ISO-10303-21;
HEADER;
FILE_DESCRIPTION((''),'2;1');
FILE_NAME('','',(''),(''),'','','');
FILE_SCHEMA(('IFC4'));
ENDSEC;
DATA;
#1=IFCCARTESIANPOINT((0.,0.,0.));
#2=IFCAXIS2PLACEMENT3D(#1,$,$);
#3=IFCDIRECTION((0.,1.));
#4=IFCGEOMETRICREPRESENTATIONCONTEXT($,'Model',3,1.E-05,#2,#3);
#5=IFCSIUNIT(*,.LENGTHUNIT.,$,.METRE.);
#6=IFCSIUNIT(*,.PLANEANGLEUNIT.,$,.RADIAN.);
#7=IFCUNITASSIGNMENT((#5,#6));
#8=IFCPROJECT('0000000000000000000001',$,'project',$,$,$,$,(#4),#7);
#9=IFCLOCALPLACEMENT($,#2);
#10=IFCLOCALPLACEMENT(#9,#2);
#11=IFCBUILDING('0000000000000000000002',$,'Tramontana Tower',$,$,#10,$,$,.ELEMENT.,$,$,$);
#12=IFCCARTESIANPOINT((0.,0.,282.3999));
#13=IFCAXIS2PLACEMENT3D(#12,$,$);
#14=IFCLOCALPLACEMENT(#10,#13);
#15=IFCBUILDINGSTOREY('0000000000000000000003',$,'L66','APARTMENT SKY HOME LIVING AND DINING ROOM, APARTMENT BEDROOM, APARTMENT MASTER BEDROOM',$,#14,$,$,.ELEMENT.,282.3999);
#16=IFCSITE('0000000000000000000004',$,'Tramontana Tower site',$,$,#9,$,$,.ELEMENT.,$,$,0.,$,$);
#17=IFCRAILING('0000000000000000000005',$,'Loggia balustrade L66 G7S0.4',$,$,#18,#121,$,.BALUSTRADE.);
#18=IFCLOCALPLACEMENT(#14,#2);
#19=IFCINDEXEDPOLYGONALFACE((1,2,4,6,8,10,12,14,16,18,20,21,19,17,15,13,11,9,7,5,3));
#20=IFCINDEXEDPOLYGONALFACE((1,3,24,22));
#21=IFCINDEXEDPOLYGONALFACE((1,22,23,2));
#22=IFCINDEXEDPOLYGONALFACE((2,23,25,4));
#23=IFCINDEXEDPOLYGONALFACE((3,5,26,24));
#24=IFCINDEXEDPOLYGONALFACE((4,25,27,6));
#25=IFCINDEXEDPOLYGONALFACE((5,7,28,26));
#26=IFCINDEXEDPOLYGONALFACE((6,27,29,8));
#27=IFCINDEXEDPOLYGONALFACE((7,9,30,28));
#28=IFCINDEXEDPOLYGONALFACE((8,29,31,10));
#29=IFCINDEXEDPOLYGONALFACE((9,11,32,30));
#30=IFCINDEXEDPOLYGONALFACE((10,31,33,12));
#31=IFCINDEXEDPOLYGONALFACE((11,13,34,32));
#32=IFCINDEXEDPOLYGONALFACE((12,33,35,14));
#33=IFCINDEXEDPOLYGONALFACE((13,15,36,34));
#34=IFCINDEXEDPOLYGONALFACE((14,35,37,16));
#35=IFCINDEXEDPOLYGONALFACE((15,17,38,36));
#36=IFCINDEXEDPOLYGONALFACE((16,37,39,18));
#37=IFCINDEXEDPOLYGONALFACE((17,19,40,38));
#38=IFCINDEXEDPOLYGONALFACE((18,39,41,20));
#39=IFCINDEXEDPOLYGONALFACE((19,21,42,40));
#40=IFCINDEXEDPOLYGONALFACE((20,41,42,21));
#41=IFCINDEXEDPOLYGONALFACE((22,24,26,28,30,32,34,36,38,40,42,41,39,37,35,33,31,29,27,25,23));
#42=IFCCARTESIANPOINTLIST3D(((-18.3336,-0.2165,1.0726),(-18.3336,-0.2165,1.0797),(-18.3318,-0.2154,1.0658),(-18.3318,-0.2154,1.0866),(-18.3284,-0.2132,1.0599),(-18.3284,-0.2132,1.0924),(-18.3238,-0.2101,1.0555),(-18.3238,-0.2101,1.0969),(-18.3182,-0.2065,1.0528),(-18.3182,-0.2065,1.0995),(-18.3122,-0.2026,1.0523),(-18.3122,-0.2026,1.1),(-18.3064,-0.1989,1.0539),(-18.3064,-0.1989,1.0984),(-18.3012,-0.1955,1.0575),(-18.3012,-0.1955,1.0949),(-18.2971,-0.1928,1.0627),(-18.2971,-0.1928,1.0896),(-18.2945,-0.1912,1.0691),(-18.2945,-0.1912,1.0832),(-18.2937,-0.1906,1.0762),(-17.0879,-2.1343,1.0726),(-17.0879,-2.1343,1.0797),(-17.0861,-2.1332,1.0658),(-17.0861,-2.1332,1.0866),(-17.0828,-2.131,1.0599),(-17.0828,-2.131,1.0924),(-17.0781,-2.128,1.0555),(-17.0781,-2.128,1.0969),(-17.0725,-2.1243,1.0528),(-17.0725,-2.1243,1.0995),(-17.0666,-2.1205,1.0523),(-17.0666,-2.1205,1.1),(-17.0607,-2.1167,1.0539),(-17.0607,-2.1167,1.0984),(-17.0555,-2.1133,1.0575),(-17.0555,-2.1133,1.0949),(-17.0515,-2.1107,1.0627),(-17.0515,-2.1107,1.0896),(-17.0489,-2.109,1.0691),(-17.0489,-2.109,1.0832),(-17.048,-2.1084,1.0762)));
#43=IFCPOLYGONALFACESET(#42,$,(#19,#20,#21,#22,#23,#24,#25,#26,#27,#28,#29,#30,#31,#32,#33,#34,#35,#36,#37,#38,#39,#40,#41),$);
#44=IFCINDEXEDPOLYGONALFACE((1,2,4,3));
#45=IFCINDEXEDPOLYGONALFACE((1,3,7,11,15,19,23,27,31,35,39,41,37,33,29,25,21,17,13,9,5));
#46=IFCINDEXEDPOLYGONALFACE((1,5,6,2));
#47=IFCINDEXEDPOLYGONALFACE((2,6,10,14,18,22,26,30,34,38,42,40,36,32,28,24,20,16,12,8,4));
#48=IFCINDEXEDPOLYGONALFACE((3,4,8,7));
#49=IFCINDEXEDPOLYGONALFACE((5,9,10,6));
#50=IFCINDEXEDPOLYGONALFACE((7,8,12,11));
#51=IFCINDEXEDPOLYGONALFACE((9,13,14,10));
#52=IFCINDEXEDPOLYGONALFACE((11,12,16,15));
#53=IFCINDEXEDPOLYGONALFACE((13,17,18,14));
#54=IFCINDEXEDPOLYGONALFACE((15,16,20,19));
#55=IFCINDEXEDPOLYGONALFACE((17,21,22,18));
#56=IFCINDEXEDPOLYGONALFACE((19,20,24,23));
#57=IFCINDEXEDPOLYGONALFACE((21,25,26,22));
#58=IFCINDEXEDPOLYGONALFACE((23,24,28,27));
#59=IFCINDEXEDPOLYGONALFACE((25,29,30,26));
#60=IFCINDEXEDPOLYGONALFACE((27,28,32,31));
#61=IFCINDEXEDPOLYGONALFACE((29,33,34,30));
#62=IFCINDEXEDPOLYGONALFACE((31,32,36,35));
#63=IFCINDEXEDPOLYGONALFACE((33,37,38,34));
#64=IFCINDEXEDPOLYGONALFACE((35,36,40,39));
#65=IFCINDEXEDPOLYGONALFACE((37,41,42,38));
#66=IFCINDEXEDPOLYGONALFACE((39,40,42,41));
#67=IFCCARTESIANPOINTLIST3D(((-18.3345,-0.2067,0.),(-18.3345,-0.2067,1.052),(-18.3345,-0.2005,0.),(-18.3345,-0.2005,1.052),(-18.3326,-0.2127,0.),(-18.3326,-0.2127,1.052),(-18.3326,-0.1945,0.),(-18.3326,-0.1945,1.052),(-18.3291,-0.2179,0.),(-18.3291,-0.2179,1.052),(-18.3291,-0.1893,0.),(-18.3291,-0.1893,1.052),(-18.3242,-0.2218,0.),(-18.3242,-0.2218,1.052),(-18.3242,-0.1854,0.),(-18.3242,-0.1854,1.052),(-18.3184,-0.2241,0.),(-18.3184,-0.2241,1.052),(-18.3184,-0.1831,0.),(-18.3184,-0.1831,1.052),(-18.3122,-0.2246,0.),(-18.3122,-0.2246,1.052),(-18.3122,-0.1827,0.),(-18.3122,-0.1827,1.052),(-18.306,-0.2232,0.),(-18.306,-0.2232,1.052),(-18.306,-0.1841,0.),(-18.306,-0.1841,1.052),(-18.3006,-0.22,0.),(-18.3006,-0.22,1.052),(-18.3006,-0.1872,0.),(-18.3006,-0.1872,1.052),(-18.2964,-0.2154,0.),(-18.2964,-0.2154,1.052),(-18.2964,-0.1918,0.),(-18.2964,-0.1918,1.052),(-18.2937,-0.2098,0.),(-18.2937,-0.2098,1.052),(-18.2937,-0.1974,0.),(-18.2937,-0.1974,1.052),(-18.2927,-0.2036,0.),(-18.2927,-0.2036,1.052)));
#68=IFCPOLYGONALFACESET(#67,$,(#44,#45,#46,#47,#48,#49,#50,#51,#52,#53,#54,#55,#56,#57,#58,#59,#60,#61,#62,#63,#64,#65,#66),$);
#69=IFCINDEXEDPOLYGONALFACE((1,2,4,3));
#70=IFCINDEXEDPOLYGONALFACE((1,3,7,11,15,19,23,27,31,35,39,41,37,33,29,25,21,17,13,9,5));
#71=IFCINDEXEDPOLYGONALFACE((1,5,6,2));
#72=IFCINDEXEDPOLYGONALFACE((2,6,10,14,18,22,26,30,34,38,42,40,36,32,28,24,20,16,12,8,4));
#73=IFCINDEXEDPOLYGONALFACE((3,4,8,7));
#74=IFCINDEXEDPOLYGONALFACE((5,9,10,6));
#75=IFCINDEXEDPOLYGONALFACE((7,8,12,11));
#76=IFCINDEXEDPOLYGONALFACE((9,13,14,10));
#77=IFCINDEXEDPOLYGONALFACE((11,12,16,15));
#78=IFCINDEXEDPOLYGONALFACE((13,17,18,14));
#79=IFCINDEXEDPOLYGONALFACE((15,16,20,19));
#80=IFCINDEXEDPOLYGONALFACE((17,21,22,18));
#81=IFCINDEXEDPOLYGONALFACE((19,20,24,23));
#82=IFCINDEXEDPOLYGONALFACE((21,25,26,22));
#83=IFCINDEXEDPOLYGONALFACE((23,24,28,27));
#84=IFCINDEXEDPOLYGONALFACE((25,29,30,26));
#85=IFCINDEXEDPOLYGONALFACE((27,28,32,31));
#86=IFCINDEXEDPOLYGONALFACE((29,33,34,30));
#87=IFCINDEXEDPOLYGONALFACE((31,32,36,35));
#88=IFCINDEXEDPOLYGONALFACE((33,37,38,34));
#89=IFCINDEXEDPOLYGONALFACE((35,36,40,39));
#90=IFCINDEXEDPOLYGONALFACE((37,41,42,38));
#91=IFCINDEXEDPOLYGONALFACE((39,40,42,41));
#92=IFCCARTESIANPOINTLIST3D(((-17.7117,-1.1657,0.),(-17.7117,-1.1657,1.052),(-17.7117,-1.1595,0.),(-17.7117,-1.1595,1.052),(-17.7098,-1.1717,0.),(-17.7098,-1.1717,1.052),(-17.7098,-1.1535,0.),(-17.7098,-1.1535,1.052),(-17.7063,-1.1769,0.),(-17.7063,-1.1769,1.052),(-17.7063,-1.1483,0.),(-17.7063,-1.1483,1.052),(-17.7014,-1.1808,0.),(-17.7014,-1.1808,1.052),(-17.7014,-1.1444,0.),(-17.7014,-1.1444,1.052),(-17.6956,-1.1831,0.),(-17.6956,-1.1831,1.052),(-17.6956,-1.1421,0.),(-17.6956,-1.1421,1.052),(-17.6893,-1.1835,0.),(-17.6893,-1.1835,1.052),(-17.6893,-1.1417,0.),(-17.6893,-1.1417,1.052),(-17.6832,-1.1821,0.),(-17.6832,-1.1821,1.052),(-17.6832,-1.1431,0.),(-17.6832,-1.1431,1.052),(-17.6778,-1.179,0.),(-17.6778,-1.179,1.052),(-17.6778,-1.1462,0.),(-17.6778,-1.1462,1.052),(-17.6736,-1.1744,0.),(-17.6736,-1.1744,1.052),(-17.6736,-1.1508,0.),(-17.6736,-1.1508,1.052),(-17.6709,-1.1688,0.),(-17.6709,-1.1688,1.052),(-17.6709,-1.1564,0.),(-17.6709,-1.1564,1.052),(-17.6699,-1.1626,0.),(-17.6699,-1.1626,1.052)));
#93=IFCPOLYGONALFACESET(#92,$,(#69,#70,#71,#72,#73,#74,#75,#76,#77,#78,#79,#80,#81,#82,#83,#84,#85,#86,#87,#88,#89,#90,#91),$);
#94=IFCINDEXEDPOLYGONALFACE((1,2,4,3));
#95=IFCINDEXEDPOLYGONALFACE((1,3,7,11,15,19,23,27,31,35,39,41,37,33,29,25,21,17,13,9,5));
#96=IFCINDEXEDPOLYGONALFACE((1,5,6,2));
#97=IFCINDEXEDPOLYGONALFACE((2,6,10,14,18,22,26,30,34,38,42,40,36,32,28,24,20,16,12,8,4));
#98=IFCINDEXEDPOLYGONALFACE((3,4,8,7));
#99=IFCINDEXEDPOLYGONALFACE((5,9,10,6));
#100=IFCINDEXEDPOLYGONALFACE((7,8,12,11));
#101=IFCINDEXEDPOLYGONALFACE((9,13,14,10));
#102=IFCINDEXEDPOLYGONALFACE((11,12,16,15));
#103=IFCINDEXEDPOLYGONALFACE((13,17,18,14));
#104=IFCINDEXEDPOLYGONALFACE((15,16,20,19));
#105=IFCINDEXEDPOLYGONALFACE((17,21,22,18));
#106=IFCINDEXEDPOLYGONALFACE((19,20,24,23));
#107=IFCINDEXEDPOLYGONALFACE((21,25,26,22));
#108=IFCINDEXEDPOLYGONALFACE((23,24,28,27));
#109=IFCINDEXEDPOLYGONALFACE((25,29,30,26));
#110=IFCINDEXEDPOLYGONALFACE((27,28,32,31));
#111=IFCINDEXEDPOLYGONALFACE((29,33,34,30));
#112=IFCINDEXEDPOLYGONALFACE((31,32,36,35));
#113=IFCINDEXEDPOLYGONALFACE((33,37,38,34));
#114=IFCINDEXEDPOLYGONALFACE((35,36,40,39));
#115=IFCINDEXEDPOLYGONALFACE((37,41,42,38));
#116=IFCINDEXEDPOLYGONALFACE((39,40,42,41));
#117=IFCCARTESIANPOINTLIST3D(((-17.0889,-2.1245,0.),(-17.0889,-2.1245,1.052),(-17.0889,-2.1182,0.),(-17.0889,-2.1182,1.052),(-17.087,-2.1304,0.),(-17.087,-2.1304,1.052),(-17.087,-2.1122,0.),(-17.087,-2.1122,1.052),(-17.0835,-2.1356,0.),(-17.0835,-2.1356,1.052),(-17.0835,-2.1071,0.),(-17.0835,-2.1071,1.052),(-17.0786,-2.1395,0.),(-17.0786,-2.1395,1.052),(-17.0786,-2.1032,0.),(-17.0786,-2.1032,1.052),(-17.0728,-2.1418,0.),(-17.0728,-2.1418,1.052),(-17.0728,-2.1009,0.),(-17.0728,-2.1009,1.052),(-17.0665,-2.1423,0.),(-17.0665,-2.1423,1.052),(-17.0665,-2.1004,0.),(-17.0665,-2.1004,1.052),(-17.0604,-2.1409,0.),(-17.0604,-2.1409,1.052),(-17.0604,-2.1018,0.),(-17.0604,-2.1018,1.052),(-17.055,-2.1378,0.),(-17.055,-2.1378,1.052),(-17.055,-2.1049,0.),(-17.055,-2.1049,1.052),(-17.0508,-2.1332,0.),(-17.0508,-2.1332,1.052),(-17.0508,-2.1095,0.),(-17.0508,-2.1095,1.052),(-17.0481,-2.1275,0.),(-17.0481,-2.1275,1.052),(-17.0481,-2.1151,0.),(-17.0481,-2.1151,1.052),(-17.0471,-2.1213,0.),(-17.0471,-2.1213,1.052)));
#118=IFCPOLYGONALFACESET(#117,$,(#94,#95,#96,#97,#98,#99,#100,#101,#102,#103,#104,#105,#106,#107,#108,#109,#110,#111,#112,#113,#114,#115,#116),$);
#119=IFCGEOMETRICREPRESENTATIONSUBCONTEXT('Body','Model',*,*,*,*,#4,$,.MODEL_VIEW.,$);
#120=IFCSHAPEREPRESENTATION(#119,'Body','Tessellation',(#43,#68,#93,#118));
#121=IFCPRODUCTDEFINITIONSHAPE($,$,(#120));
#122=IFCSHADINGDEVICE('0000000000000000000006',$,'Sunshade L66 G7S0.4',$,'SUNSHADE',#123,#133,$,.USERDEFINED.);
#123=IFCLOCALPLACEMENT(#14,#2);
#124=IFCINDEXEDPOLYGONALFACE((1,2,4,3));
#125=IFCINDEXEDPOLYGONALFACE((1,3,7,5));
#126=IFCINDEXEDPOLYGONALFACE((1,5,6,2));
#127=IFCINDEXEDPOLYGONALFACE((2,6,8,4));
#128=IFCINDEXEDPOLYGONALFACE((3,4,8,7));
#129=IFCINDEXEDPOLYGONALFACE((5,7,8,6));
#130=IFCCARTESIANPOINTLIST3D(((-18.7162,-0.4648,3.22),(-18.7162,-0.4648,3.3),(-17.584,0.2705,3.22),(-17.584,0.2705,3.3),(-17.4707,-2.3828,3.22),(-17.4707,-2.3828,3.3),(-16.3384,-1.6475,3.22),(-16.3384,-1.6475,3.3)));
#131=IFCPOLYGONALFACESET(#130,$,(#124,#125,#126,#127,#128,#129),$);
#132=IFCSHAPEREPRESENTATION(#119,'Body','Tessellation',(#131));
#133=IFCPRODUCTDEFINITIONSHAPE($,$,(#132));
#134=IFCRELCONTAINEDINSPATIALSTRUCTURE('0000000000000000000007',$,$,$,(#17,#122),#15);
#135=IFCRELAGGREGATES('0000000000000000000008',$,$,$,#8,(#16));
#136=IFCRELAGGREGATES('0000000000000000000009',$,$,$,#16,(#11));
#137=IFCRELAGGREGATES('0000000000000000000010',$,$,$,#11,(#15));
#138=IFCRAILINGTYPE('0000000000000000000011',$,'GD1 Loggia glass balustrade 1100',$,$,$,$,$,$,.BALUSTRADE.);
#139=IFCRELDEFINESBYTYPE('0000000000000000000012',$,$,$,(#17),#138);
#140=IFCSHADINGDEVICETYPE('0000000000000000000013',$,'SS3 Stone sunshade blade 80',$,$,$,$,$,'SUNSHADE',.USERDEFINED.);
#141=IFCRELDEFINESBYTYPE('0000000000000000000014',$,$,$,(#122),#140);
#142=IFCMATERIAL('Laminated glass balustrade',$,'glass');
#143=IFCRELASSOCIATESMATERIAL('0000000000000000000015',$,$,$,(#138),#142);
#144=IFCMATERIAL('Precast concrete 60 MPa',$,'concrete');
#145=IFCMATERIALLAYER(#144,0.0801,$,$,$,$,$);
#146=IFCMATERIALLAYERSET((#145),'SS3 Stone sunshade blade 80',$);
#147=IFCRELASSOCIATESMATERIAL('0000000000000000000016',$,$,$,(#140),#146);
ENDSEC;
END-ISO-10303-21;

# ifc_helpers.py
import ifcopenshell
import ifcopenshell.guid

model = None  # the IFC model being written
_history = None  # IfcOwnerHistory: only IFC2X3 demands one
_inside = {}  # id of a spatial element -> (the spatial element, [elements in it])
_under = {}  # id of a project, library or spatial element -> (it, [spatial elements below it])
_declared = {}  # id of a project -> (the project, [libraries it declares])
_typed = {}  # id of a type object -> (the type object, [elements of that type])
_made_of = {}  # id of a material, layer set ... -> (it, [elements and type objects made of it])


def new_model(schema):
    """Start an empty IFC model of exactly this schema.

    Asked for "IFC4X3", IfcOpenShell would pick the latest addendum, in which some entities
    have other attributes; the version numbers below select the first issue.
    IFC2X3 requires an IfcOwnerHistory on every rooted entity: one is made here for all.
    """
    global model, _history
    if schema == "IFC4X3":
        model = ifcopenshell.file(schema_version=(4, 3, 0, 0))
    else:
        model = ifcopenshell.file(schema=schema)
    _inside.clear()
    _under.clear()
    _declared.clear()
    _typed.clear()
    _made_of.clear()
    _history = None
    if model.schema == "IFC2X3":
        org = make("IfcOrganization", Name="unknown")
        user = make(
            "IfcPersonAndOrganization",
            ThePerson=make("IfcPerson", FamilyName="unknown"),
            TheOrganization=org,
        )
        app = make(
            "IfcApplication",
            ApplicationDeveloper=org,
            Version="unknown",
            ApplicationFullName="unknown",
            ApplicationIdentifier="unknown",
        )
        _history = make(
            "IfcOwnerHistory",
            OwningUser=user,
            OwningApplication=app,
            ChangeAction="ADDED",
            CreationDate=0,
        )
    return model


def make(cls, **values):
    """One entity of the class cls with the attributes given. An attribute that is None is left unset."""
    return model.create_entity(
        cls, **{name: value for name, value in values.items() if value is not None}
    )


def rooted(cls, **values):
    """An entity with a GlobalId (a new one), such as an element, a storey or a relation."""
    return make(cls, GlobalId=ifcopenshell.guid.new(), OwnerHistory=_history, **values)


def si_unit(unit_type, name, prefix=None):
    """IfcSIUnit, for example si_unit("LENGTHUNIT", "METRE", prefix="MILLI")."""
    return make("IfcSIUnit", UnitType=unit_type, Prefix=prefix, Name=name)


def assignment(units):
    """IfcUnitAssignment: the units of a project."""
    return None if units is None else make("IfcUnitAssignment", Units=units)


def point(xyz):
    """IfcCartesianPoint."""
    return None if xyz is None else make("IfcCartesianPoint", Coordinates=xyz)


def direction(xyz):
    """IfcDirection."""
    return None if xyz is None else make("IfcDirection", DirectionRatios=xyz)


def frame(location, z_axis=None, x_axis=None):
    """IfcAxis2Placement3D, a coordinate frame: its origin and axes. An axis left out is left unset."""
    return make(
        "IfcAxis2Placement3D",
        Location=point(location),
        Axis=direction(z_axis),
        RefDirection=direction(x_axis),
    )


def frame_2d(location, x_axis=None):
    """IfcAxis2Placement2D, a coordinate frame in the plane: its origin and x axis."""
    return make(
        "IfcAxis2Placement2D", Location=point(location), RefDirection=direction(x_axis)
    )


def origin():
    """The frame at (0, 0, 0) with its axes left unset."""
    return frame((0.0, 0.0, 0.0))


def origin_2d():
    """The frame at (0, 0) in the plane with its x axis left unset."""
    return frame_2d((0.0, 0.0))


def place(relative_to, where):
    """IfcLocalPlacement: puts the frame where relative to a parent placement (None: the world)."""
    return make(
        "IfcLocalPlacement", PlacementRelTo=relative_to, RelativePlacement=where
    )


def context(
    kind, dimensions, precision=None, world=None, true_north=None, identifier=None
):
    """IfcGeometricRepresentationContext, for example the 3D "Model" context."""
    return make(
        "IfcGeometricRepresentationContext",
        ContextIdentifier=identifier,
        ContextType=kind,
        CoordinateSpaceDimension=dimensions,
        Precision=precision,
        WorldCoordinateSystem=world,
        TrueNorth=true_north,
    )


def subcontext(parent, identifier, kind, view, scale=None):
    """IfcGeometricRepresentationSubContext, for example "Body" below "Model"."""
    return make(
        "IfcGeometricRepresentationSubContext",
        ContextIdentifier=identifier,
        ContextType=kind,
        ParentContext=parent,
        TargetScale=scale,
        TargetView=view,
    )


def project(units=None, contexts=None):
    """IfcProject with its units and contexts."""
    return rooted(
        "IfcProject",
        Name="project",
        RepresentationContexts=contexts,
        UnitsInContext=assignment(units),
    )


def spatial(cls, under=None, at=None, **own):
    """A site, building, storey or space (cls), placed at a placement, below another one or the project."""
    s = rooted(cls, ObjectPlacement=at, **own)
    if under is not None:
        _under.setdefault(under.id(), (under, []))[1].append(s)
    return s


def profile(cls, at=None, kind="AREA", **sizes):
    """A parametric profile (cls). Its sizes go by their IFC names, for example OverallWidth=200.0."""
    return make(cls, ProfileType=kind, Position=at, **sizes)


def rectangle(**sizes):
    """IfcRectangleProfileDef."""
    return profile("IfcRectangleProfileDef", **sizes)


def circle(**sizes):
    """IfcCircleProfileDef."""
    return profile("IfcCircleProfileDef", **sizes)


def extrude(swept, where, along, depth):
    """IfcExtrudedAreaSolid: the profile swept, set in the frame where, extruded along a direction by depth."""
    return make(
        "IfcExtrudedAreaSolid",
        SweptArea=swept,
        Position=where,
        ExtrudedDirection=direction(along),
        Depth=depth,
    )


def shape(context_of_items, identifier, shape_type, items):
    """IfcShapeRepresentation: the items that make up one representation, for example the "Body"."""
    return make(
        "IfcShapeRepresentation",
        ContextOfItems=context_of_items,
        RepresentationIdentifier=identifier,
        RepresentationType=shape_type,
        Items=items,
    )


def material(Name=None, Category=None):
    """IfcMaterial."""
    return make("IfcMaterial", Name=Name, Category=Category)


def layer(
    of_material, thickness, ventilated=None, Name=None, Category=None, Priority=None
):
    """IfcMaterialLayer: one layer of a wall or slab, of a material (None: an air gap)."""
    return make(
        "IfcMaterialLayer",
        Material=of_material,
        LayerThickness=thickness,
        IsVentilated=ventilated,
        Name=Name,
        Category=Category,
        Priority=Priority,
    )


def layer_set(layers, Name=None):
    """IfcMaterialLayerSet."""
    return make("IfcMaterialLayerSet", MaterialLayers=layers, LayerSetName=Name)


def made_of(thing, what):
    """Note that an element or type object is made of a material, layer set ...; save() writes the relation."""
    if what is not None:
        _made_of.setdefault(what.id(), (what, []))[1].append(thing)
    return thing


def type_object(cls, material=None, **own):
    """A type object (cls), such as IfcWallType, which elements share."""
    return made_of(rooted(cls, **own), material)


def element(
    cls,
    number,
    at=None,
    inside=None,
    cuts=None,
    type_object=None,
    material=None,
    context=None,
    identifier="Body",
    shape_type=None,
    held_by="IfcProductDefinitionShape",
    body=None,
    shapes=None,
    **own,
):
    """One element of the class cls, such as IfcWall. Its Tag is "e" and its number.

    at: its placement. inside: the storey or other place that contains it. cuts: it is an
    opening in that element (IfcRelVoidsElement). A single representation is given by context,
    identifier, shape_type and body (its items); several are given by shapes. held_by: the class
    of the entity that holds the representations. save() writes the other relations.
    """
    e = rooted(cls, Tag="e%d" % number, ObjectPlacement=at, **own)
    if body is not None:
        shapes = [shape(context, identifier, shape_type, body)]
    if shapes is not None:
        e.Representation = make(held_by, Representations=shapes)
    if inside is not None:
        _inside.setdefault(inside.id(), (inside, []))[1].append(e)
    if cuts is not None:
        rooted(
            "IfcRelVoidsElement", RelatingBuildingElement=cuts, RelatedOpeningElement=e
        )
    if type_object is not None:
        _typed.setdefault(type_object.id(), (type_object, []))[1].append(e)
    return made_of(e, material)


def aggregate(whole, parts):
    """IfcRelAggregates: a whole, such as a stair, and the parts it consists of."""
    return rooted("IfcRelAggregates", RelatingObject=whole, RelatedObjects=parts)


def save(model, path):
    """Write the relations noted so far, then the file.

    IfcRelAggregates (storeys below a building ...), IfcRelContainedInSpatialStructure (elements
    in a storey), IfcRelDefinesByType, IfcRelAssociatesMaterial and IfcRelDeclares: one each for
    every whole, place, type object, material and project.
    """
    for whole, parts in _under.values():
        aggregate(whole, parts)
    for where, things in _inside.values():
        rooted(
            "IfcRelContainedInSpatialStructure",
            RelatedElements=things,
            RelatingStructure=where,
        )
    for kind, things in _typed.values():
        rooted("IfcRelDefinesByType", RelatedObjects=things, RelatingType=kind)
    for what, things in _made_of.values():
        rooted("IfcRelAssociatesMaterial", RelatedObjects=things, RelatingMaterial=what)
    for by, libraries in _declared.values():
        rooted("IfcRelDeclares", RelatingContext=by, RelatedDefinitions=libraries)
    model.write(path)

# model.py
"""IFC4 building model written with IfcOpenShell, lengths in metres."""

from ifc_helpers import new_model, si_unit, direction, frame, origin, origin_2d, place, context, subcontext, project, spatial, rectangle, circle, extrude, material, layer, layer_set, type_object, element, save


model = new_model("IFC4")

# Units and contexts
model_context = context("Model", 3, precision=1e-05, world=origin(), true_north=direction((0.0, 1.0)))
body_context = subcontext(model_context, "Body", "Model", "MODEL_VIEW")
ifc_project = project(units=[si_unit("LENGTHUNIT", "METRE"), si_unit("PLANEANGLEUNIT", "RADIAN")], contexts=[model_context])

# Site, building, storey
site_placement = place(None, origin())
site = spatial("IfcSite", under=ifc_project, at=site_placement, Name="Tramontana Tower site", CompositionType="ELEMENT", RefElevation=0.0)
building_placement = place(site_placement, origin())
building = spatial("IfcBuilding", under=site, at=building_placement, Name="Tramontana Tower", CompositionType="ELEMENT")
storey_placement = place(building_placement, frame((0.0, 0.0, 282.3999)))
storey = spatial("IfcBuildingStorey", under=building, at=storey_placement, Name="L66", Description="APARTMENT SKY HOME LIVING AND DINING ROOM, APARTMENT BEDROOM, APARTMENT MASTER BEDROOM", CompositionType="ELEMENT", Elevation=282.3999)

# Railing
ifc_material_1 = material(Name="Laminated glass balustrade", Category="glass")
railing_type = type_object("IfcRailingType", Name="GD1 Loggia glass balustrade 1100", PredefinedType="BALUSTRADE", material=ifc_material_1)
railing_placement = place(storey_placement, frame((-18.3137, -0.2036, 0.0)))
element("IfcRailing", 1, at=railing_placement, inside=storey, type_object=railing_type, Name="Loggia balustrade L66 G7S0.4", PredefinedType="BALUSTRADE", context=body_context, shape_type="SweptSolid", body=[
    extrude(circle(Radius=0.0239, at=origin_2d()), frame((0.0, 0.0, 1.0762), z_axis=(0.544707, -0.838627, 0.0), x_axis=(0.838627, 0.544707, 0.0)), (0.0, 0.0, 1.0), 2.2869),
    extrude(circle(Radius=0.021, at=origin_2d()), origin(), (0.0, 0.0, 1.0), 1.052),
    extrude(circle(Radius=0.021, at=origin_2d()), frame((0.6228, -0.959, 0.0)), (0.0, 0.0, 1.0), 1.052),
    extrude(circle(Radius=0.021, at=origin_2d()), frame((1.2456, -1.9177, 0.0)), (0.0, 0.0, 1.0), 1.052),
])

# Shading device
ifc_material_2 = material(Name="Precast concrete 60 MPa", Category="concrete")
ifc_layer_1 = layer(ifc_material_2, 0.0801)
ifc_layer_set_1 = layer_set([ifc_layer_1], Name="SS3 Stone sunshade blade 80")
shading_device_type = type_object("IfcShadingDeviceType", Name="SS3 Stone sunshade blade 80", ElementType="SUNSHADE", PredefinedType="USERDEFINED", material=ifc_layer_set_1)
shading_device_placement = place(storey_placement, frame((-17.5273, -1.0562, 3.22), z_axis=(0.0, 0.0, 1.0), x_axis=(0.544639, -0.838671, 0.0)))
element("IfcShadingDevice", 2, at=shading_device_placement, inside=storey, type_object=shading_device_type, Name="Sunshade L66 G7S0.4", ObjectType="SUNSHADE", PredefinedType="USERDEFINED", context=body_context, shape_type="SweptSolid", body=[
    extrude(rectangle(XDim=2.2869, YDim=1.3501, at=origin_2d()), origin(), (0.0, 0.0, 1.0), 0.0801),
])

save(model, "model.ifc")
